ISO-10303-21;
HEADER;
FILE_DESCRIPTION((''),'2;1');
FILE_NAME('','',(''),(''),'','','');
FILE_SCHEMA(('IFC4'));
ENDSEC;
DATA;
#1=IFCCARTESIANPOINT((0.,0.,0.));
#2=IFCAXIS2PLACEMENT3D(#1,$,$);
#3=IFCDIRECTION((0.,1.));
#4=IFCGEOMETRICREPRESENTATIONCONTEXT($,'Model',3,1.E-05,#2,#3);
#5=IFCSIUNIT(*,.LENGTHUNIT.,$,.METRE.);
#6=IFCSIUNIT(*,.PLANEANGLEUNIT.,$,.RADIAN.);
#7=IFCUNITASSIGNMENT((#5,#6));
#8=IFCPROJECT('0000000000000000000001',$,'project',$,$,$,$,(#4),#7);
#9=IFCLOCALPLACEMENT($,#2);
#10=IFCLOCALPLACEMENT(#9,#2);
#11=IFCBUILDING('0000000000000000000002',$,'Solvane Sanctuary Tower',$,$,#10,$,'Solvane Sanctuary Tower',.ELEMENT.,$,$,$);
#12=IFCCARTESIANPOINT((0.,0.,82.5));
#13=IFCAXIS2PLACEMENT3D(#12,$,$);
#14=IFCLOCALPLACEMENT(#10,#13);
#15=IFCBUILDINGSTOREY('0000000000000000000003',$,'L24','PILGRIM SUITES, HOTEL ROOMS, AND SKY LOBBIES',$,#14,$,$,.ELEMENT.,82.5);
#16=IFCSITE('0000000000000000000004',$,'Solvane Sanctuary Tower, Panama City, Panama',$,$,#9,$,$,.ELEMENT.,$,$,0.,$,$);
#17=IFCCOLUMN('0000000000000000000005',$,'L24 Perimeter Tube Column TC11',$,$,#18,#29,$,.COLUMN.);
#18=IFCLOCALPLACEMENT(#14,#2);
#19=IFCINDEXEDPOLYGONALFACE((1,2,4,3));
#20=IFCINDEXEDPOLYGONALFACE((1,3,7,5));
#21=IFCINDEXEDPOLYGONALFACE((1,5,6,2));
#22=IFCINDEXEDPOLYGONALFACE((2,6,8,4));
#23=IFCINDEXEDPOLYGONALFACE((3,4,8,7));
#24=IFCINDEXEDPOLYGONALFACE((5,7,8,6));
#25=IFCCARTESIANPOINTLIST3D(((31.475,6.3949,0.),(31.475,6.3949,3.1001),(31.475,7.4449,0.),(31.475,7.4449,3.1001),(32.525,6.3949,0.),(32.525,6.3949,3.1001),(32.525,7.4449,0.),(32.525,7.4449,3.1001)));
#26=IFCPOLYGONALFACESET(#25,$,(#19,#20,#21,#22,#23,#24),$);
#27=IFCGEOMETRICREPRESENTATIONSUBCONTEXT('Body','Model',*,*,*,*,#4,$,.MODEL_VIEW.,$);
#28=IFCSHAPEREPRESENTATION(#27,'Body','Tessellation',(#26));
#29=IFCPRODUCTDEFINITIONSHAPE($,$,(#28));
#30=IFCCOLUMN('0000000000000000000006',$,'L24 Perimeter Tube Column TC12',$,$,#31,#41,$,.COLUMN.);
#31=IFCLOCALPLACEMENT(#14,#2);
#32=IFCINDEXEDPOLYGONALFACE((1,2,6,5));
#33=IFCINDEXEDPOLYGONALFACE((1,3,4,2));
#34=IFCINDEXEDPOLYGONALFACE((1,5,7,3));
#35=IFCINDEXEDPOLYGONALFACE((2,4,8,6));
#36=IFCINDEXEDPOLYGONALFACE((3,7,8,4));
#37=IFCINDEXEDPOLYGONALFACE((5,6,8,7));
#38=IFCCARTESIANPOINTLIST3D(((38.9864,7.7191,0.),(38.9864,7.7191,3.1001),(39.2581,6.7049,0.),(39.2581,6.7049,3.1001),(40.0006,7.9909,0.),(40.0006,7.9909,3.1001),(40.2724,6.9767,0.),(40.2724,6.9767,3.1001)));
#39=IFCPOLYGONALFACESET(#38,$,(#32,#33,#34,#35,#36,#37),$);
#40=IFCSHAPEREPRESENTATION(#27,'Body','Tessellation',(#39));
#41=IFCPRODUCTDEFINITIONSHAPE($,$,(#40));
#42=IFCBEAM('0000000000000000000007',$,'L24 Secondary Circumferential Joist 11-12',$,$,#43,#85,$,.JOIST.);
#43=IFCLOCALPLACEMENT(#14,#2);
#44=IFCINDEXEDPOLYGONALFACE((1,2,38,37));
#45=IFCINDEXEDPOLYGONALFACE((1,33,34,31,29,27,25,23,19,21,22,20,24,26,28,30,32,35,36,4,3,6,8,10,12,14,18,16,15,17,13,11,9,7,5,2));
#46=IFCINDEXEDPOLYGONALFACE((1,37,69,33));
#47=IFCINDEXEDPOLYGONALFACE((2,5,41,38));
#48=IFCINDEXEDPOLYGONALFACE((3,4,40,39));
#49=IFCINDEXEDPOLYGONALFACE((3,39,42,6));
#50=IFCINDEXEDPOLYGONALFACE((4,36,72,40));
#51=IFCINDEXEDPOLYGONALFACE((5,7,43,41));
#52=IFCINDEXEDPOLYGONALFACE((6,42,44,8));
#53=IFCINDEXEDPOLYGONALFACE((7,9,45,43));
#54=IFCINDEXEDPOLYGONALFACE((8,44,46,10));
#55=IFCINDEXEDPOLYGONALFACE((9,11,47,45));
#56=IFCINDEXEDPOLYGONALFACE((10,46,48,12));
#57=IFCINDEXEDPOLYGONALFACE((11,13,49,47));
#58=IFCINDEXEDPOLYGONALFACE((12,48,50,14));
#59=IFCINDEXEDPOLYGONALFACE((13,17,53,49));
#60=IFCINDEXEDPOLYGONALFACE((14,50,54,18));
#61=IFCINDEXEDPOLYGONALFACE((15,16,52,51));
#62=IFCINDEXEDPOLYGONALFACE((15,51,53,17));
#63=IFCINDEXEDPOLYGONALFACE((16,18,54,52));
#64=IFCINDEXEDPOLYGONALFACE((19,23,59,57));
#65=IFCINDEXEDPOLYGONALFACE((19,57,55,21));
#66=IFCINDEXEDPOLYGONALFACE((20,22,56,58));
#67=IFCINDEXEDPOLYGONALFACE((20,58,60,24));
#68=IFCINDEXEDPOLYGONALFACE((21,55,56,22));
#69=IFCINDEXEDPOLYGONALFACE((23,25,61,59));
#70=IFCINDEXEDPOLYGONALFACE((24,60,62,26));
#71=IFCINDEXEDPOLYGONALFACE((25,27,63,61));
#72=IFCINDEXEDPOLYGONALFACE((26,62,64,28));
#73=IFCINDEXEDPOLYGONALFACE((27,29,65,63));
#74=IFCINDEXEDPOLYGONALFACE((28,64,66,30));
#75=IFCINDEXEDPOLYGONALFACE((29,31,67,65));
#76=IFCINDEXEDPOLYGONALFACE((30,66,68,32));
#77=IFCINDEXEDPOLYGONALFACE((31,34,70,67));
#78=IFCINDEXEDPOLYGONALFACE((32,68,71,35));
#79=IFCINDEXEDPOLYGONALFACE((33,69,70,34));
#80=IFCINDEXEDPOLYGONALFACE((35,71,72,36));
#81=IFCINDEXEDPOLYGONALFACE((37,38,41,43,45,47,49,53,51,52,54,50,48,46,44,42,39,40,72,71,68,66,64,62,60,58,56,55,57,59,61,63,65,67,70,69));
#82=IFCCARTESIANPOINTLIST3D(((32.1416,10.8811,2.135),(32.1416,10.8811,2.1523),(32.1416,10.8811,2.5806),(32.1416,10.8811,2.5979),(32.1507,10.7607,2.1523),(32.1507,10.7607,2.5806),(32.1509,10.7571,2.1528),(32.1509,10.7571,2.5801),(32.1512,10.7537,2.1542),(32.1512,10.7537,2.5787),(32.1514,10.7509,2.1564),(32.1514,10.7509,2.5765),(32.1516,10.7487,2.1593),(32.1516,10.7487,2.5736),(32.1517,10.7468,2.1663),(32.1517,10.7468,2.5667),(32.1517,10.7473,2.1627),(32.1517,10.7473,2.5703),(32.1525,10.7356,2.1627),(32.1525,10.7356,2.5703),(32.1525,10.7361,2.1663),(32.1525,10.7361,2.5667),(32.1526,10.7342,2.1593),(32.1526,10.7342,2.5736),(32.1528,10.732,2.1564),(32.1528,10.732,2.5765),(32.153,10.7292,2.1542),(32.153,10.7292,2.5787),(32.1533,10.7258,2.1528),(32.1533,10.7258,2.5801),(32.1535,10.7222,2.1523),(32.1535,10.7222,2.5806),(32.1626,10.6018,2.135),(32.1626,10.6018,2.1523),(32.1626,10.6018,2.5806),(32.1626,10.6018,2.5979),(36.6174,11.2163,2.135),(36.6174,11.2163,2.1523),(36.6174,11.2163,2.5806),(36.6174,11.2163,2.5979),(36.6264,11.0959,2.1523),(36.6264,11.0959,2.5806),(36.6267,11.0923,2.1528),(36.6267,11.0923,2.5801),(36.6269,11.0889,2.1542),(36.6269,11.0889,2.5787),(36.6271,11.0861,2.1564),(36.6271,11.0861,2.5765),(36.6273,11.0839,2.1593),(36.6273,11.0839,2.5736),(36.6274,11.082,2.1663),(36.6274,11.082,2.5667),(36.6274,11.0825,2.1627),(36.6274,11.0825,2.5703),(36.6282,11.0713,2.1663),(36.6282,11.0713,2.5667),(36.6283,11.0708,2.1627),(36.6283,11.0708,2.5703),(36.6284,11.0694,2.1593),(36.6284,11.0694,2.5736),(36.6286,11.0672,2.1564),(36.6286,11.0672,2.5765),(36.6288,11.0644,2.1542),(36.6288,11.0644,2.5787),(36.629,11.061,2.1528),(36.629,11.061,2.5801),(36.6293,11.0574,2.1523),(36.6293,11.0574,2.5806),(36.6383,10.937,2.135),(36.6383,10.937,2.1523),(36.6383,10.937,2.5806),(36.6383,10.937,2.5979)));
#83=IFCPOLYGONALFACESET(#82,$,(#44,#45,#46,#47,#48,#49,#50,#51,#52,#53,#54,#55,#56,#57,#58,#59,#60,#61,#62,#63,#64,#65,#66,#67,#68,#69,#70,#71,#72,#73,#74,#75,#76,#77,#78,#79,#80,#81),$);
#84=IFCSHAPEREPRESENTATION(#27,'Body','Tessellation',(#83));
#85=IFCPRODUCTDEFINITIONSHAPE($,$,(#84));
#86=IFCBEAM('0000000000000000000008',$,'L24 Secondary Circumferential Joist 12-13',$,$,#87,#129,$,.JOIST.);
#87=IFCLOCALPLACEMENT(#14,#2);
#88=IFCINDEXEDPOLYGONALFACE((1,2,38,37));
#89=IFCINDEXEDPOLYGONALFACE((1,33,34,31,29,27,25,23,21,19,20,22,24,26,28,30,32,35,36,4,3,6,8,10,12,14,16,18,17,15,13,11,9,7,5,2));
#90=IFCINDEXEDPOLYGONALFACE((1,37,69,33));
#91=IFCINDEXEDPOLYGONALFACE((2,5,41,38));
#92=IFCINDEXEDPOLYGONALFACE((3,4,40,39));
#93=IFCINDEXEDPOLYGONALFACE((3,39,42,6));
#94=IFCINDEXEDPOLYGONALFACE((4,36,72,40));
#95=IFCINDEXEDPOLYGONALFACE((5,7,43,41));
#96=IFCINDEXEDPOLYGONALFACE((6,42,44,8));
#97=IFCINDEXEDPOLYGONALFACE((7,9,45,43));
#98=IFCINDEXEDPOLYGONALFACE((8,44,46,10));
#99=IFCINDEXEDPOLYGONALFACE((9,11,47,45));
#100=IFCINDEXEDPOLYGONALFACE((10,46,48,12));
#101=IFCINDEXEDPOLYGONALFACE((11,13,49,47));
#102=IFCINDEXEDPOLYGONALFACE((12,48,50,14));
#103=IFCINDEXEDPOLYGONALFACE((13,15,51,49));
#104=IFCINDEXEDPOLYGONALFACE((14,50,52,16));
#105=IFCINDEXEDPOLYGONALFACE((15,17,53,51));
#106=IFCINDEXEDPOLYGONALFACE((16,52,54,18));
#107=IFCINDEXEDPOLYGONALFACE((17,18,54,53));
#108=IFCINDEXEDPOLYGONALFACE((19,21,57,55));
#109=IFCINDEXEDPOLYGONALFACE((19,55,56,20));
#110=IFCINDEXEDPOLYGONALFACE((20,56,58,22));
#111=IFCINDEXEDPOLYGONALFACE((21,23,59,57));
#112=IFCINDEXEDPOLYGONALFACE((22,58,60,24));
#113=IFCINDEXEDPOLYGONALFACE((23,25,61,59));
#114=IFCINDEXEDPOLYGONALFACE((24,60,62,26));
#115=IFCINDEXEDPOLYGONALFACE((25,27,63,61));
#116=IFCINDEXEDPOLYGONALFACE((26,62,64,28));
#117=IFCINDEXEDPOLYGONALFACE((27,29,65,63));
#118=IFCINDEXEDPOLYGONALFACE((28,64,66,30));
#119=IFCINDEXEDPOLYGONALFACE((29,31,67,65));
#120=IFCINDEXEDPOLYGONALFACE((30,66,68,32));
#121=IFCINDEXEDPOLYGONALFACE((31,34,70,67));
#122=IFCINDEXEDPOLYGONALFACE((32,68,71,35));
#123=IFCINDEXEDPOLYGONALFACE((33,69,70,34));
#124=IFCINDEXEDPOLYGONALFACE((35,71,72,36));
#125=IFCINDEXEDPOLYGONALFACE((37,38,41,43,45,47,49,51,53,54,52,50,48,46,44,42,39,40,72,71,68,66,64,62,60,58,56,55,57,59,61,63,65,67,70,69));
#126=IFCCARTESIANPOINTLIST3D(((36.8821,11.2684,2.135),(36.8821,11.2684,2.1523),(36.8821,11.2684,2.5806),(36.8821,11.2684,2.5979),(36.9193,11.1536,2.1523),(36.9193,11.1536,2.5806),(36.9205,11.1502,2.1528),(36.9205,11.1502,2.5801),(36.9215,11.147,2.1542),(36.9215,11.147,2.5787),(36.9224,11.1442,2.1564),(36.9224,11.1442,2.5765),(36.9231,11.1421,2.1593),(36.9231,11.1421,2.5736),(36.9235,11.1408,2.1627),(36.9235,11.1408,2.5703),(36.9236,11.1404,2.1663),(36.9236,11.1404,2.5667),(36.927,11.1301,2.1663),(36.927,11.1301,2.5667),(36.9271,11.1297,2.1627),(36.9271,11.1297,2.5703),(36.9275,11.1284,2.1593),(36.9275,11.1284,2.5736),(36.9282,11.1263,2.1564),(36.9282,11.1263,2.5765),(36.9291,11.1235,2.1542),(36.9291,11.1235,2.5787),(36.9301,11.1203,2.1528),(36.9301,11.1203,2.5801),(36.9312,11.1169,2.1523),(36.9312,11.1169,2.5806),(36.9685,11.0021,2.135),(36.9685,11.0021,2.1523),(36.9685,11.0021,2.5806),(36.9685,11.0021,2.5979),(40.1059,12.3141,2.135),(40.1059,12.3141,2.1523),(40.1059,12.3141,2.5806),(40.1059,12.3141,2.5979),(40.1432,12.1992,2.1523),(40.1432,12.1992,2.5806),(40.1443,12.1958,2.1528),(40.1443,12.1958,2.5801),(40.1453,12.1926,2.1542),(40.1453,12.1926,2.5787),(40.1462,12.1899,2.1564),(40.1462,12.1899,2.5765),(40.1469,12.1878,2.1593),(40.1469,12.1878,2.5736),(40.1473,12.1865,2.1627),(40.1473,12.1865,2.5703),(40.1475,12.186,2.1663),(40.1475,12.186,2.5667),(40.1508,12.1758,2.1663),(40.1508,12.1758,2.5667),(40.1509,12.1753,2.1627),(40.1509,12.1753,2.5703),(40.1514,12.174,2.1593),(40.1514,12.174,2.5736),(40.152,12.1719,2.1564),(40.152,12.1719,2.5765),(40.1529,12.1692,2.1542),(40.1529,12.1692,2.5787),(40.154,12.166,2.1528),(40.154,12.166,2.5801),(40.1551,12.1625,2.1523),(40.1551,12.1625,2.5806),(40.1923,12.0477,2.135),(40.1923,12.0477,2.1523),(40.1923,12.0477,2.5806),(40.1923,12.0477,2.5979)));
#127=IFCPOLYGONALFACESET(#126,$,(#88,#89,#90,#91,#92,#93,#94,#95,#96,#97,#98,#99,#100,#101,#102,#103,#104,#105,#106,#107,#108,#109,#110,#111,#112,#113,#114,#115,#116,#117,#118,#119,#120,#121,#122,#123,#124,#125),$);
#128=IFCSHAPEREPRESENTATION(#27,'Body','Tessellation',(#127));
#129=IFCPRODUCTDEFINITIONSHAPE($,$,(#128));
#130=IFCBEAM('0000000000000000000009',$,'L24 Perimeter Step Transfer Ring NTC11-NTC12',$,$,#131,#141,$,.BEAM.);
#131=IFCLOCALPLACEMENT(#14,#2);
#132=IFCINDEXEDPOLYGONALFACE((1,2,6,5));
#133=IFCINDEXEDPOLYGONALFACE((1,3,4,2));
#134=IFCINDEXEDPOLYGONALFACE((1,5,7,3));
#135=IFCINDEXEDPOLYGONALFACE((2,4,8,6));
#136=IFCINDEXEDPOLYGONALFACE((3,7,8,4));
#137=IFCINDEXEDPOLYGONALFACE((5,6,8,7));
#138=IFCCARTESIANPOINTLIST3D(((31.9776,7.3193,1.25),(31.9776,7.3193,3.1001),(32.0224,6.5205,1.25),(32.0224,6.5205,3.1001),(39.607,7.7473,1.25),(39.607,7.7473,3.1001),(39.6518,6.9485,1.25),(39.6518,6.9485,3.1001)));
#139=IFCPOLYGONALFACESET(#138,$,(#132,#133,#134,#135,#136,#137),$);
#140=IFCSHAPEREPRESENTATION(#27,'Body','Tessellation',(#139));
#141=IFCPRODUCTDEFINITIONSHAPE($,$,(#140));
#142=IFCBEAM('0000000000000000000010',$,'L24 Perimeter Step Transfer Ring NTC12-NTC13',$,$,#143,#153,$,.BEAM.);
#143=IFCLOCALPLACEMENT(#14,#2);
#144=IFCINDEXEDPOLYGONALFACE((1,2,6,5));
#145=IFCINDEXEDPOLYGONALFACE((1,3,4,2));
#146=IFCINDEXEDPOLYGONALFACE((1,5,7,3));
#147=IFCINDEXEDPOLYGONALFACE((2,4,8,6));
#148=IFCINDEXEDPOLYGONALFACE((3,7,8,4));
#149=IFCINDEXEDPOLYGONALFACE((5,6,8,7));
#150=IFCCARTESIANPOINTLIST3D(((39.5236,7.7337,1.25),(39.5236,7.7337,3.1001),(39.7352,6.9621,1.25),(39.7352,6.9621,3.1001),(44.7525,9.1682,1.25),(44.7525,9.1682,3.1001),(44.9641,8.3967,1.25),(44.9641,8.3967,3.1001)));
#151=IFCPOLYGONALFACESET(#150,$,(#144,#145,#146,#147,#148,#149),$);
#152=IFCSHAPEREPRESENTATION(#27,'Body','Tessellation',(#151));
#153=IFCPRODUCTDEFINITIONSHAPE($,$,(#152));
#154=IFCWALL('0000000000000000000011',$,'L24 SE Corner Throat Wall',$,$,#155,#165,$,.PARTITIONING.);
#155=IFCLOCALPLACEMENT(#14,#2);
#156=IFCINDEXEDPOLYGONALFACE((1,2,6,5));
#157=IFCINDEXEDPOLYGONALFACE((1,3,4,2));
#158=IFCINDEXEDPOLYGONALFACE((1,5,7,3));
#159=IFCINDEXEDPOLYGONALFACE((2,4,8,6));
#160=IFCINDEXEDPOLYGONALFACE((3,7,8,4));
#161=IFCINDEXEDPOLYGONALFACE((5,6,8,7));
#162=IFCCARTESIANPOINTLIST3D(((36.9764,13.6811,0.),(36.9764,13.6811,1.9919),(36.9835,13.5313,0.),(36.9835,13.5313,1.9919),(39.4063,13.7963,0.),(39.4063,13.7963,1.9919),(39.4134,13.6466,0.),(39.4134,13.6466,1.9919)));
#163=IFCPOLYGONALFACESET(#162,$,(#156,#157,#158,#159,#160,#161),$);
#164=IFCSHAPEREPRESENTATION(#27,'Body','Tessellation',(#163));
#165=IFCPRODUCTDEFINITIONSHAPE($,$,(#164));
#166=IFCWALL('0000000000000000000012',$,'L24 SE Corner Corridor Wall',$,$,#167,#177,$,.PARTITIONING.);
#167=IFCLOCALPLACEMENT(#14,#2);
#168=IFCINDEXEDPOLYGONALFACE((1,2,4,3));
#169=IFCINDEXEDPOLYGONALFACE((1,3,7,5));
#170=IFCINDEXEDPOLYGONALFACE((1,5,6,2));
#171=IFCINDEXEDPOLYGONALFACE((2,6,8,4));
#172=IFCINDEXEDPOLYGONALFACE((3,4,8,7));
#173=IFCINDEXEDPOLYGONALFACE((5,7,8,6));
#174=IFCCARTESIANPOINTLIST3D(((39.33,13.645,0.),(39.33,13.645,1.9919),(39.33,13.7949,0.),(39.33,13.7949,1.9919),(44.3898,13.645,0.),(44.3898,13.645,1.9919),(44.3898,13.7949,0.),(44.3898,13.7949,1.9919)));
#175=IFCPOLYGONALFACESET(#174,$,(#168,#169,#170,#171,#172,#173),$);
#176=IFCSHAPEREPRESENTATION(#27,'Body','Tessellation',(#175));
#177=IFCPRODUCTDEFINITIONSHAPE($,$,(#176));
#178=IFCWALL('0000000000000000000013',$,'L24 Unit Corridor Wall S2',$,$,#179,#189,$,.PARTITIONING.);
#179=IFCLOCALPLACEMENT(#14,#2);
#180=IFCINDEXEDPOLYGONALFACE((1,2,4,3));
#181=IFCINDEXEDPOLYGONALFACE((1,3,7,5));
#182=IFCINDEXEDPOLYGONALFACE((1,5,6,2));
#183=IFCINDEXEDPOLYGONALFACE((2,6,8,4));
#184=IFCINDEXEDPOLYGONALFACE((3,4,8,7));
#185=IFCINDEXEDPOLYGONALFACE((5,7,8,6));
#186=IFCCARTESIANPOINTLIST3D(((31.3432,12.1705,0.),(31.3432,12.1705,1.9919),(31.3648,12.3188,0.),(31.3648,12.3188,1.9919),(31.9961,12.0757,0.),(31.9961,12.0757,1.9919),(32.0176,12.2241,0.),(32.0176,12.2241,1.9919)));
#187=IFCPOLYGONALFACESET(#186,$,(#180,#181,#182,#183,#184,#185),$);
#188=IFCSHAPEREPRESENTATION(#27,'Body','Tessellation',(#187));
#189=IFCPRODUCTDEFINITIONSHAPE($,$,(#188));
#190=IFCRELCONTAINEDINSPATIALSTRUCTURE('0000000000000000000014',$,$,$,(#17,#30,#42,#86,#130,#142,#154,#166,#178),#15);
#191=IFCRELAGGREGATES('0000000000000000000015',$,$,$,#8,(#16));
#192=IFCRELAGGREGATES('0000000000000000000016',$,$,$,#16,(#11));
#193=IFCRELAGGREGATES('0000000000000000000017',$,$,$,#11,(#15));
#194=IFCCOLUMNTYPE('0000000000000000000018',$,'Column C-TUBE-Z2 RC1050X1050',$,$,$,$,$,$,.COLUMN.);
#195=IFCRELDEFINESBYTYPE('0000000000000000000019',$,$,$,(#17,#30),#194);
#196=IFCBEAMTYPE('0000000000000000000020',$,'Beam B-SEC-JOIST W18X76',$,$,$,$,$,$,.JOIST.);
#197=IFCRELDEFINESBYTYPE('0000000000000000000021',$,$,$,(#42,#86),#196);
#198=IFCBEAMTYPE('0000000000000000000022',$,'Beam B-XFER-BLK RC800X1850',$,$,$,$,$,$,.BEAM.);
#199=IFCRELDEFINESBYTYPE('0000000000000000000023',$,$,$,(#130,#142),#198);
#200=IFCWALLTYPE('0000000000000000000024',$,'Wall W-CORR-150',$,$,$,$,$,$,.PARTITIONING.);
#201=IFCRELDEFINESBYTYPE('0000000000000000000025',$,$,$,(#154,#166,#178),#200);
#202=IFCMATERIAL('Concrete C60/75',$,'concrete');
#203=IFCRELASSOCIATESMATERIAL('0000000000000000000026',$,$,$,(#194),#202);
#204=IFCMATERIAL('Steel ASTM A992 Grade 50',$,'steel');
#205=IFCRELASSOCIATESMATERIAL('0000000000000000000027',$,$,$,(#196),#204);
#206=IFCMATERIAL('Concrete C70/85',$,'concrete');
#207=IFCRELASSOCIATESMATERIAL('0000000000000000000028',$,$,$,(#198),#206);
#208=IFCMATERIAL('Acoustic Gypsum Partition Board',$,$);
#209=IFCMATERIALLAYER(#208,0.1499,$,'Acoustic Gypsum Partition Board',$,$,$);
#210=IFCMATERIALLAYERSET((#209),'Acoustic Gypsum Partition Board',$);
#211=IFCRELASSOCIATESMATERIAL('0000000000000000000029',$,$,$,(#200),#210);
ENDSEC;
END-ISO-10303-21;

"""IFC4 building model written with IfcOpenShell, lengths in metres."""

from ifc_helpers import new_model, si_unit, direction, frame, frame_2d, origin, origin_2d, place, context, subcontext, project, spatial, rectangle, i_section, extrude, material, layer, layer_set, material_profile, profile_set, type_object, element, save


model = new_model("IFC4")

# Units and contexts
model_context = context("Model", 3, precision=1e-05, world=origin(), true_north=direction((0.0, 1.0)))
body_context = subcontext(model_context, "Body", "Model", "MODEL_VIEW")
ifc_project = project(units=[si_unit("LENGTHUNIT", "METRE"), si_unit("PLANEANGLEUNIT", "RADIAN")], contexts=[model_context])

# Site, building, storey
site_placement = place(None, origin())
site = spatial("IfcSite", under=ifc_project, at=site_placement, Name="Solvane Sanctuary Tower, Panama City, Panama", CompositionType="ELEMENT", RefElevation=0.0)
building_placement = place(site_placement, origin())
building = spatial("IfcBuilding", under=site, at=building_placement, Name="Solvane Sanctuary Tower", LongName="Solvane Sanctuary Tower", CompositionType="ELEMENT")
storey_placement = place(building_placement, frame((0.0, 0.0, 82.5)))
storey = spatial("IfcBuildingStorey", under=building, at=storey_placement, Name="L24", Description="PILGRIM SUITES, HOTEL ROOMS, AND SKY LOBBIES", CompositionType="ELEMENT", Elevation=82.5)

# Columns
ifc_material_1 = material(Name="Concrete C60/75", Category="concrete")
ifc_material_profile_1 = material_profile(ifc_material_1, rectangle(XDim=1.05, YDim=1.05, at=origin_2d()), Name="RC1050X1050")
ifc_profile_set_1 = profile_set([ifc_material_profile_1], Name="Concrete C60/75")
column_type = type_object("IfcColumnType", Name="Column C-TUBE-Z2 RC1050X1050", PredefinedType="COLUMN", material=ifc_profile_set_1)
for number, where, z_axis, x_axis, name in (
    (1, (32.0, 6.9199, 0.0), (0.0, 0.0, 1.0), (0.0, -1.0, 0.0), "L24 Perimeter Tube Column TC11"),
    (2, (39.6294, 7.3479, 0.0), (0.0, 0.0, 1.0), (0.258819, -0.965926, 0.0), "L24 Perimeter Tube Column TC12"),
):
    element("IfcColumn", number, at=place(storey_placement, frame(where, z_axis=z_axis, x_axis=x_axis)), inside=storey, type_object=column_type, Name=name, PredefinedType="COLUMN", context=body_context, shape_type="SweptSolid", body=[
        extrude(rectangle(XDim=1.05, YDim=1.05, at=origin_2d()), origin(), (0.0, 0.0, 1.0), 3.1001),
    ])

# Beams
ifc_material_2 = material(Name="Steel ASTM A992 Grade 50", Category="steel")
ifc_material_profile_2 = material_profile(ifc_material_2, i_section(OverallWidth=0.28, OverallDepth=0.4629, WebThickness=0.0107, FlangeThickness=0.0173, FilletRadius=0.0139, at=origin_2d()), Name="W18X76")
ifc_profile_set_2 = profile_set([ifc_material_profile_2], Name="Steel ASTM A992 Grade 50")
beam_type_1 = type_object("IfcBeamType", Name="Beam B-SEC-JOIST W18X76", PredefinedType="JOIST", material=ifc_profile_set_2)
beam_1_placement = place(storey_placement, frame((32.1521, 10.7415, 2.3665), z_axis=(0.997207, 0.074683, 0.0), x_axis=(-0.074683, 0.997207, 0.0)))
element("IfcBeam", 3, at=beam_1_placement, inside=storey, type_object=beam_type_1, Name="L24 Secondary Circumferential Joist 11-12", PredefinedType="JOIST", context=body_context, shape_type="SweptSolid", body=[
    extrude(i_section(OverallWidth=0.28, OverallDepth=0.4629, WebThickness=0.0107, FlangeThickness=0.0173, FilletRadius=0.0139, at=origin_2d()), origin(), (0.0, 0.0, 1.0), 4.4883),
])
beam_2_placement = place(storey_placement, frame((36.9253, 11.1353, 2.3665), z_axis=(0.951217, 0.308524, 0.0), x_axis=(-0.308524, 0.951217, 0.0)))
element("IfcBeam", 4, at=beam_2_placement, inside=storey, type_object=beam_type_1, Name="L24 Secondary Circumferential Joist 12-13", PredefinedType="JOIST", context=body_context, shape_type="SweptSolid", body=[
    extrude(i_section(OverallWidth=0.28, OverallDepth=0.4629, WebThickness=0.0107, FlangeThickness=0.0173, FilletRadius=0.0139, at=origin_2d()), origin(), (0.0, 0.0, 1.0), 3.3892),
])
ifc_material_3 = material(Name="Concrete C70/85", Category="concrete")
ifc_material_profile_3 = material_profile(ifc_material_3, rectangle(XDim=0.8, YDim=1.8501, at=origin_2d()), Name="RC800X1850")
ifc_profile_set_3 = profile_set([ifc_material_profile_3], Name="Concrete C70/85")
beam_type_2 = type_object("IfcBeamType", Name="Beam B-XFER-BLK RC800X1850", PredefinedType="BEAM", material=ifc_profile_set_3)
beam_3_placement = place(storey_placement, frame((32.0, 6.9199, 2.175), z_axis=(0.99843, 0.056008, 0.0), x_axis=(-0.056008, 0.99843, 0.0)))
element("IfcBeam", 5, at=beam_3_placement, inside=storey, type_object=beam_type_2, Name="L24 Perimeter Step Transfer Ring NTC11-NTC12", PredefinedType="BEAM", context=body_context, shape_type="SweptSolid", body=[
    extrude(rectangle(XDim=0.8, YDim=1.8501, at=origin_2d()), origin(), (0.0, 0.0, 1.0), 7.6414),
])
beam_4_placement = place(storey_placement, frame((39.6294, 7.3479, 2.175), z_axis=(0.964366, 0.264572, 0.0), x_axis=(-0.264572, 0.964366, 0.0)))
element("IfcBeam", 6, at=beam_4_placement, inside=storey, type_object=beam_type_2, Name="L24 Perimeter Step Transfer Ring NTC12-NTC13", PredefinedType="BEAM", context=body_context, shape_type="SweptSolid", body=[
    extrude(rectangle(XDim=0.8, YDim=1.8501, at=origin_2d()), origin(), (0.0, 0.0, 1.0), 5.4221),
])

# Walls
ifc_material_4 = material(Name="Acoustic Gypsum Partition Board")
ifc_layer_1 = layer(ifc_material_4, 0.1499, Name="Acoustic Gypsum Partition Board")
ifc_layer_set_1 = layer_set([ifc_layer_1], Name="Acoustic Gypsum Partition Board")
wall_type_1 = type_object("IfcWallType", Name="Wall W-CORR-150", PredefinedType="PARTITIONING", material=ifc_layer_set_1)
wall_1_placement = place(storey_placement, frame((36.98, 13.6062, 0.0), z_axis=(0.0, 0.0, 1.0), x_axis=(0.998877, 0.04737, 0.0)))
element("IfcWall", 7, at=wall_1_placement, inside=storey, type_object=wall_type_1, Name="L24 SE Corner Throat Wall", PredefinedType="PARTITIONING", context=body_context, shape_type="SweptSolid", body=[
    extrude(rectangle(XDim=2.4326, YDim=0.1499, at=frame_2d((1.2163, 0.0))), origin(), (0.0, 0.0, 1.0), 1.9919),
])
wall_2_placement = place(storey_placement, frame((39.3301, 13.72, 0.0), z_axis=(0.0, 0.0, 1.0), x_axis=(1.0, 0.0, 0.0)))
element("IfcWall", 8, at=wall_2_placement, inside=storey, type_object=wall_type_1, Name="L24 SE Corner Corridor Wall", PredefinedType="PARTITIONING", context=body_context, shape_type="SweptSolid", body=[
    extrude(rectangle(XDim=5.0598, YDim=0.1499, at=frame_2d((2.5298, 0.0))), origin(), (0.0, 0.0, 1.0), 1.9919),
])
wall_3_placement = place(storey_placement, frame((31.354, 12.2446, 0.0), z_axis=(0.0, 0.0, 1.0), x_axis=(0.989636, -0.143597, 0.0)))
element("IfcWall", 9, at=wall_3_placement, inside=storey, type_object=wall_type_1, Name="L24 Unit Corridor Wall S2", PredefinedType="PARTITIONING", context=body_context, shape_type="SweptSolid", body=[
    extrude(rectangle(XDim=0.6597, YDim=0.1499, at=frame_2d((0.3298, 0.0))), origin(), (0.0, 0.0, 1.0), 1.9919),
])

save(model, "model.ifc")
